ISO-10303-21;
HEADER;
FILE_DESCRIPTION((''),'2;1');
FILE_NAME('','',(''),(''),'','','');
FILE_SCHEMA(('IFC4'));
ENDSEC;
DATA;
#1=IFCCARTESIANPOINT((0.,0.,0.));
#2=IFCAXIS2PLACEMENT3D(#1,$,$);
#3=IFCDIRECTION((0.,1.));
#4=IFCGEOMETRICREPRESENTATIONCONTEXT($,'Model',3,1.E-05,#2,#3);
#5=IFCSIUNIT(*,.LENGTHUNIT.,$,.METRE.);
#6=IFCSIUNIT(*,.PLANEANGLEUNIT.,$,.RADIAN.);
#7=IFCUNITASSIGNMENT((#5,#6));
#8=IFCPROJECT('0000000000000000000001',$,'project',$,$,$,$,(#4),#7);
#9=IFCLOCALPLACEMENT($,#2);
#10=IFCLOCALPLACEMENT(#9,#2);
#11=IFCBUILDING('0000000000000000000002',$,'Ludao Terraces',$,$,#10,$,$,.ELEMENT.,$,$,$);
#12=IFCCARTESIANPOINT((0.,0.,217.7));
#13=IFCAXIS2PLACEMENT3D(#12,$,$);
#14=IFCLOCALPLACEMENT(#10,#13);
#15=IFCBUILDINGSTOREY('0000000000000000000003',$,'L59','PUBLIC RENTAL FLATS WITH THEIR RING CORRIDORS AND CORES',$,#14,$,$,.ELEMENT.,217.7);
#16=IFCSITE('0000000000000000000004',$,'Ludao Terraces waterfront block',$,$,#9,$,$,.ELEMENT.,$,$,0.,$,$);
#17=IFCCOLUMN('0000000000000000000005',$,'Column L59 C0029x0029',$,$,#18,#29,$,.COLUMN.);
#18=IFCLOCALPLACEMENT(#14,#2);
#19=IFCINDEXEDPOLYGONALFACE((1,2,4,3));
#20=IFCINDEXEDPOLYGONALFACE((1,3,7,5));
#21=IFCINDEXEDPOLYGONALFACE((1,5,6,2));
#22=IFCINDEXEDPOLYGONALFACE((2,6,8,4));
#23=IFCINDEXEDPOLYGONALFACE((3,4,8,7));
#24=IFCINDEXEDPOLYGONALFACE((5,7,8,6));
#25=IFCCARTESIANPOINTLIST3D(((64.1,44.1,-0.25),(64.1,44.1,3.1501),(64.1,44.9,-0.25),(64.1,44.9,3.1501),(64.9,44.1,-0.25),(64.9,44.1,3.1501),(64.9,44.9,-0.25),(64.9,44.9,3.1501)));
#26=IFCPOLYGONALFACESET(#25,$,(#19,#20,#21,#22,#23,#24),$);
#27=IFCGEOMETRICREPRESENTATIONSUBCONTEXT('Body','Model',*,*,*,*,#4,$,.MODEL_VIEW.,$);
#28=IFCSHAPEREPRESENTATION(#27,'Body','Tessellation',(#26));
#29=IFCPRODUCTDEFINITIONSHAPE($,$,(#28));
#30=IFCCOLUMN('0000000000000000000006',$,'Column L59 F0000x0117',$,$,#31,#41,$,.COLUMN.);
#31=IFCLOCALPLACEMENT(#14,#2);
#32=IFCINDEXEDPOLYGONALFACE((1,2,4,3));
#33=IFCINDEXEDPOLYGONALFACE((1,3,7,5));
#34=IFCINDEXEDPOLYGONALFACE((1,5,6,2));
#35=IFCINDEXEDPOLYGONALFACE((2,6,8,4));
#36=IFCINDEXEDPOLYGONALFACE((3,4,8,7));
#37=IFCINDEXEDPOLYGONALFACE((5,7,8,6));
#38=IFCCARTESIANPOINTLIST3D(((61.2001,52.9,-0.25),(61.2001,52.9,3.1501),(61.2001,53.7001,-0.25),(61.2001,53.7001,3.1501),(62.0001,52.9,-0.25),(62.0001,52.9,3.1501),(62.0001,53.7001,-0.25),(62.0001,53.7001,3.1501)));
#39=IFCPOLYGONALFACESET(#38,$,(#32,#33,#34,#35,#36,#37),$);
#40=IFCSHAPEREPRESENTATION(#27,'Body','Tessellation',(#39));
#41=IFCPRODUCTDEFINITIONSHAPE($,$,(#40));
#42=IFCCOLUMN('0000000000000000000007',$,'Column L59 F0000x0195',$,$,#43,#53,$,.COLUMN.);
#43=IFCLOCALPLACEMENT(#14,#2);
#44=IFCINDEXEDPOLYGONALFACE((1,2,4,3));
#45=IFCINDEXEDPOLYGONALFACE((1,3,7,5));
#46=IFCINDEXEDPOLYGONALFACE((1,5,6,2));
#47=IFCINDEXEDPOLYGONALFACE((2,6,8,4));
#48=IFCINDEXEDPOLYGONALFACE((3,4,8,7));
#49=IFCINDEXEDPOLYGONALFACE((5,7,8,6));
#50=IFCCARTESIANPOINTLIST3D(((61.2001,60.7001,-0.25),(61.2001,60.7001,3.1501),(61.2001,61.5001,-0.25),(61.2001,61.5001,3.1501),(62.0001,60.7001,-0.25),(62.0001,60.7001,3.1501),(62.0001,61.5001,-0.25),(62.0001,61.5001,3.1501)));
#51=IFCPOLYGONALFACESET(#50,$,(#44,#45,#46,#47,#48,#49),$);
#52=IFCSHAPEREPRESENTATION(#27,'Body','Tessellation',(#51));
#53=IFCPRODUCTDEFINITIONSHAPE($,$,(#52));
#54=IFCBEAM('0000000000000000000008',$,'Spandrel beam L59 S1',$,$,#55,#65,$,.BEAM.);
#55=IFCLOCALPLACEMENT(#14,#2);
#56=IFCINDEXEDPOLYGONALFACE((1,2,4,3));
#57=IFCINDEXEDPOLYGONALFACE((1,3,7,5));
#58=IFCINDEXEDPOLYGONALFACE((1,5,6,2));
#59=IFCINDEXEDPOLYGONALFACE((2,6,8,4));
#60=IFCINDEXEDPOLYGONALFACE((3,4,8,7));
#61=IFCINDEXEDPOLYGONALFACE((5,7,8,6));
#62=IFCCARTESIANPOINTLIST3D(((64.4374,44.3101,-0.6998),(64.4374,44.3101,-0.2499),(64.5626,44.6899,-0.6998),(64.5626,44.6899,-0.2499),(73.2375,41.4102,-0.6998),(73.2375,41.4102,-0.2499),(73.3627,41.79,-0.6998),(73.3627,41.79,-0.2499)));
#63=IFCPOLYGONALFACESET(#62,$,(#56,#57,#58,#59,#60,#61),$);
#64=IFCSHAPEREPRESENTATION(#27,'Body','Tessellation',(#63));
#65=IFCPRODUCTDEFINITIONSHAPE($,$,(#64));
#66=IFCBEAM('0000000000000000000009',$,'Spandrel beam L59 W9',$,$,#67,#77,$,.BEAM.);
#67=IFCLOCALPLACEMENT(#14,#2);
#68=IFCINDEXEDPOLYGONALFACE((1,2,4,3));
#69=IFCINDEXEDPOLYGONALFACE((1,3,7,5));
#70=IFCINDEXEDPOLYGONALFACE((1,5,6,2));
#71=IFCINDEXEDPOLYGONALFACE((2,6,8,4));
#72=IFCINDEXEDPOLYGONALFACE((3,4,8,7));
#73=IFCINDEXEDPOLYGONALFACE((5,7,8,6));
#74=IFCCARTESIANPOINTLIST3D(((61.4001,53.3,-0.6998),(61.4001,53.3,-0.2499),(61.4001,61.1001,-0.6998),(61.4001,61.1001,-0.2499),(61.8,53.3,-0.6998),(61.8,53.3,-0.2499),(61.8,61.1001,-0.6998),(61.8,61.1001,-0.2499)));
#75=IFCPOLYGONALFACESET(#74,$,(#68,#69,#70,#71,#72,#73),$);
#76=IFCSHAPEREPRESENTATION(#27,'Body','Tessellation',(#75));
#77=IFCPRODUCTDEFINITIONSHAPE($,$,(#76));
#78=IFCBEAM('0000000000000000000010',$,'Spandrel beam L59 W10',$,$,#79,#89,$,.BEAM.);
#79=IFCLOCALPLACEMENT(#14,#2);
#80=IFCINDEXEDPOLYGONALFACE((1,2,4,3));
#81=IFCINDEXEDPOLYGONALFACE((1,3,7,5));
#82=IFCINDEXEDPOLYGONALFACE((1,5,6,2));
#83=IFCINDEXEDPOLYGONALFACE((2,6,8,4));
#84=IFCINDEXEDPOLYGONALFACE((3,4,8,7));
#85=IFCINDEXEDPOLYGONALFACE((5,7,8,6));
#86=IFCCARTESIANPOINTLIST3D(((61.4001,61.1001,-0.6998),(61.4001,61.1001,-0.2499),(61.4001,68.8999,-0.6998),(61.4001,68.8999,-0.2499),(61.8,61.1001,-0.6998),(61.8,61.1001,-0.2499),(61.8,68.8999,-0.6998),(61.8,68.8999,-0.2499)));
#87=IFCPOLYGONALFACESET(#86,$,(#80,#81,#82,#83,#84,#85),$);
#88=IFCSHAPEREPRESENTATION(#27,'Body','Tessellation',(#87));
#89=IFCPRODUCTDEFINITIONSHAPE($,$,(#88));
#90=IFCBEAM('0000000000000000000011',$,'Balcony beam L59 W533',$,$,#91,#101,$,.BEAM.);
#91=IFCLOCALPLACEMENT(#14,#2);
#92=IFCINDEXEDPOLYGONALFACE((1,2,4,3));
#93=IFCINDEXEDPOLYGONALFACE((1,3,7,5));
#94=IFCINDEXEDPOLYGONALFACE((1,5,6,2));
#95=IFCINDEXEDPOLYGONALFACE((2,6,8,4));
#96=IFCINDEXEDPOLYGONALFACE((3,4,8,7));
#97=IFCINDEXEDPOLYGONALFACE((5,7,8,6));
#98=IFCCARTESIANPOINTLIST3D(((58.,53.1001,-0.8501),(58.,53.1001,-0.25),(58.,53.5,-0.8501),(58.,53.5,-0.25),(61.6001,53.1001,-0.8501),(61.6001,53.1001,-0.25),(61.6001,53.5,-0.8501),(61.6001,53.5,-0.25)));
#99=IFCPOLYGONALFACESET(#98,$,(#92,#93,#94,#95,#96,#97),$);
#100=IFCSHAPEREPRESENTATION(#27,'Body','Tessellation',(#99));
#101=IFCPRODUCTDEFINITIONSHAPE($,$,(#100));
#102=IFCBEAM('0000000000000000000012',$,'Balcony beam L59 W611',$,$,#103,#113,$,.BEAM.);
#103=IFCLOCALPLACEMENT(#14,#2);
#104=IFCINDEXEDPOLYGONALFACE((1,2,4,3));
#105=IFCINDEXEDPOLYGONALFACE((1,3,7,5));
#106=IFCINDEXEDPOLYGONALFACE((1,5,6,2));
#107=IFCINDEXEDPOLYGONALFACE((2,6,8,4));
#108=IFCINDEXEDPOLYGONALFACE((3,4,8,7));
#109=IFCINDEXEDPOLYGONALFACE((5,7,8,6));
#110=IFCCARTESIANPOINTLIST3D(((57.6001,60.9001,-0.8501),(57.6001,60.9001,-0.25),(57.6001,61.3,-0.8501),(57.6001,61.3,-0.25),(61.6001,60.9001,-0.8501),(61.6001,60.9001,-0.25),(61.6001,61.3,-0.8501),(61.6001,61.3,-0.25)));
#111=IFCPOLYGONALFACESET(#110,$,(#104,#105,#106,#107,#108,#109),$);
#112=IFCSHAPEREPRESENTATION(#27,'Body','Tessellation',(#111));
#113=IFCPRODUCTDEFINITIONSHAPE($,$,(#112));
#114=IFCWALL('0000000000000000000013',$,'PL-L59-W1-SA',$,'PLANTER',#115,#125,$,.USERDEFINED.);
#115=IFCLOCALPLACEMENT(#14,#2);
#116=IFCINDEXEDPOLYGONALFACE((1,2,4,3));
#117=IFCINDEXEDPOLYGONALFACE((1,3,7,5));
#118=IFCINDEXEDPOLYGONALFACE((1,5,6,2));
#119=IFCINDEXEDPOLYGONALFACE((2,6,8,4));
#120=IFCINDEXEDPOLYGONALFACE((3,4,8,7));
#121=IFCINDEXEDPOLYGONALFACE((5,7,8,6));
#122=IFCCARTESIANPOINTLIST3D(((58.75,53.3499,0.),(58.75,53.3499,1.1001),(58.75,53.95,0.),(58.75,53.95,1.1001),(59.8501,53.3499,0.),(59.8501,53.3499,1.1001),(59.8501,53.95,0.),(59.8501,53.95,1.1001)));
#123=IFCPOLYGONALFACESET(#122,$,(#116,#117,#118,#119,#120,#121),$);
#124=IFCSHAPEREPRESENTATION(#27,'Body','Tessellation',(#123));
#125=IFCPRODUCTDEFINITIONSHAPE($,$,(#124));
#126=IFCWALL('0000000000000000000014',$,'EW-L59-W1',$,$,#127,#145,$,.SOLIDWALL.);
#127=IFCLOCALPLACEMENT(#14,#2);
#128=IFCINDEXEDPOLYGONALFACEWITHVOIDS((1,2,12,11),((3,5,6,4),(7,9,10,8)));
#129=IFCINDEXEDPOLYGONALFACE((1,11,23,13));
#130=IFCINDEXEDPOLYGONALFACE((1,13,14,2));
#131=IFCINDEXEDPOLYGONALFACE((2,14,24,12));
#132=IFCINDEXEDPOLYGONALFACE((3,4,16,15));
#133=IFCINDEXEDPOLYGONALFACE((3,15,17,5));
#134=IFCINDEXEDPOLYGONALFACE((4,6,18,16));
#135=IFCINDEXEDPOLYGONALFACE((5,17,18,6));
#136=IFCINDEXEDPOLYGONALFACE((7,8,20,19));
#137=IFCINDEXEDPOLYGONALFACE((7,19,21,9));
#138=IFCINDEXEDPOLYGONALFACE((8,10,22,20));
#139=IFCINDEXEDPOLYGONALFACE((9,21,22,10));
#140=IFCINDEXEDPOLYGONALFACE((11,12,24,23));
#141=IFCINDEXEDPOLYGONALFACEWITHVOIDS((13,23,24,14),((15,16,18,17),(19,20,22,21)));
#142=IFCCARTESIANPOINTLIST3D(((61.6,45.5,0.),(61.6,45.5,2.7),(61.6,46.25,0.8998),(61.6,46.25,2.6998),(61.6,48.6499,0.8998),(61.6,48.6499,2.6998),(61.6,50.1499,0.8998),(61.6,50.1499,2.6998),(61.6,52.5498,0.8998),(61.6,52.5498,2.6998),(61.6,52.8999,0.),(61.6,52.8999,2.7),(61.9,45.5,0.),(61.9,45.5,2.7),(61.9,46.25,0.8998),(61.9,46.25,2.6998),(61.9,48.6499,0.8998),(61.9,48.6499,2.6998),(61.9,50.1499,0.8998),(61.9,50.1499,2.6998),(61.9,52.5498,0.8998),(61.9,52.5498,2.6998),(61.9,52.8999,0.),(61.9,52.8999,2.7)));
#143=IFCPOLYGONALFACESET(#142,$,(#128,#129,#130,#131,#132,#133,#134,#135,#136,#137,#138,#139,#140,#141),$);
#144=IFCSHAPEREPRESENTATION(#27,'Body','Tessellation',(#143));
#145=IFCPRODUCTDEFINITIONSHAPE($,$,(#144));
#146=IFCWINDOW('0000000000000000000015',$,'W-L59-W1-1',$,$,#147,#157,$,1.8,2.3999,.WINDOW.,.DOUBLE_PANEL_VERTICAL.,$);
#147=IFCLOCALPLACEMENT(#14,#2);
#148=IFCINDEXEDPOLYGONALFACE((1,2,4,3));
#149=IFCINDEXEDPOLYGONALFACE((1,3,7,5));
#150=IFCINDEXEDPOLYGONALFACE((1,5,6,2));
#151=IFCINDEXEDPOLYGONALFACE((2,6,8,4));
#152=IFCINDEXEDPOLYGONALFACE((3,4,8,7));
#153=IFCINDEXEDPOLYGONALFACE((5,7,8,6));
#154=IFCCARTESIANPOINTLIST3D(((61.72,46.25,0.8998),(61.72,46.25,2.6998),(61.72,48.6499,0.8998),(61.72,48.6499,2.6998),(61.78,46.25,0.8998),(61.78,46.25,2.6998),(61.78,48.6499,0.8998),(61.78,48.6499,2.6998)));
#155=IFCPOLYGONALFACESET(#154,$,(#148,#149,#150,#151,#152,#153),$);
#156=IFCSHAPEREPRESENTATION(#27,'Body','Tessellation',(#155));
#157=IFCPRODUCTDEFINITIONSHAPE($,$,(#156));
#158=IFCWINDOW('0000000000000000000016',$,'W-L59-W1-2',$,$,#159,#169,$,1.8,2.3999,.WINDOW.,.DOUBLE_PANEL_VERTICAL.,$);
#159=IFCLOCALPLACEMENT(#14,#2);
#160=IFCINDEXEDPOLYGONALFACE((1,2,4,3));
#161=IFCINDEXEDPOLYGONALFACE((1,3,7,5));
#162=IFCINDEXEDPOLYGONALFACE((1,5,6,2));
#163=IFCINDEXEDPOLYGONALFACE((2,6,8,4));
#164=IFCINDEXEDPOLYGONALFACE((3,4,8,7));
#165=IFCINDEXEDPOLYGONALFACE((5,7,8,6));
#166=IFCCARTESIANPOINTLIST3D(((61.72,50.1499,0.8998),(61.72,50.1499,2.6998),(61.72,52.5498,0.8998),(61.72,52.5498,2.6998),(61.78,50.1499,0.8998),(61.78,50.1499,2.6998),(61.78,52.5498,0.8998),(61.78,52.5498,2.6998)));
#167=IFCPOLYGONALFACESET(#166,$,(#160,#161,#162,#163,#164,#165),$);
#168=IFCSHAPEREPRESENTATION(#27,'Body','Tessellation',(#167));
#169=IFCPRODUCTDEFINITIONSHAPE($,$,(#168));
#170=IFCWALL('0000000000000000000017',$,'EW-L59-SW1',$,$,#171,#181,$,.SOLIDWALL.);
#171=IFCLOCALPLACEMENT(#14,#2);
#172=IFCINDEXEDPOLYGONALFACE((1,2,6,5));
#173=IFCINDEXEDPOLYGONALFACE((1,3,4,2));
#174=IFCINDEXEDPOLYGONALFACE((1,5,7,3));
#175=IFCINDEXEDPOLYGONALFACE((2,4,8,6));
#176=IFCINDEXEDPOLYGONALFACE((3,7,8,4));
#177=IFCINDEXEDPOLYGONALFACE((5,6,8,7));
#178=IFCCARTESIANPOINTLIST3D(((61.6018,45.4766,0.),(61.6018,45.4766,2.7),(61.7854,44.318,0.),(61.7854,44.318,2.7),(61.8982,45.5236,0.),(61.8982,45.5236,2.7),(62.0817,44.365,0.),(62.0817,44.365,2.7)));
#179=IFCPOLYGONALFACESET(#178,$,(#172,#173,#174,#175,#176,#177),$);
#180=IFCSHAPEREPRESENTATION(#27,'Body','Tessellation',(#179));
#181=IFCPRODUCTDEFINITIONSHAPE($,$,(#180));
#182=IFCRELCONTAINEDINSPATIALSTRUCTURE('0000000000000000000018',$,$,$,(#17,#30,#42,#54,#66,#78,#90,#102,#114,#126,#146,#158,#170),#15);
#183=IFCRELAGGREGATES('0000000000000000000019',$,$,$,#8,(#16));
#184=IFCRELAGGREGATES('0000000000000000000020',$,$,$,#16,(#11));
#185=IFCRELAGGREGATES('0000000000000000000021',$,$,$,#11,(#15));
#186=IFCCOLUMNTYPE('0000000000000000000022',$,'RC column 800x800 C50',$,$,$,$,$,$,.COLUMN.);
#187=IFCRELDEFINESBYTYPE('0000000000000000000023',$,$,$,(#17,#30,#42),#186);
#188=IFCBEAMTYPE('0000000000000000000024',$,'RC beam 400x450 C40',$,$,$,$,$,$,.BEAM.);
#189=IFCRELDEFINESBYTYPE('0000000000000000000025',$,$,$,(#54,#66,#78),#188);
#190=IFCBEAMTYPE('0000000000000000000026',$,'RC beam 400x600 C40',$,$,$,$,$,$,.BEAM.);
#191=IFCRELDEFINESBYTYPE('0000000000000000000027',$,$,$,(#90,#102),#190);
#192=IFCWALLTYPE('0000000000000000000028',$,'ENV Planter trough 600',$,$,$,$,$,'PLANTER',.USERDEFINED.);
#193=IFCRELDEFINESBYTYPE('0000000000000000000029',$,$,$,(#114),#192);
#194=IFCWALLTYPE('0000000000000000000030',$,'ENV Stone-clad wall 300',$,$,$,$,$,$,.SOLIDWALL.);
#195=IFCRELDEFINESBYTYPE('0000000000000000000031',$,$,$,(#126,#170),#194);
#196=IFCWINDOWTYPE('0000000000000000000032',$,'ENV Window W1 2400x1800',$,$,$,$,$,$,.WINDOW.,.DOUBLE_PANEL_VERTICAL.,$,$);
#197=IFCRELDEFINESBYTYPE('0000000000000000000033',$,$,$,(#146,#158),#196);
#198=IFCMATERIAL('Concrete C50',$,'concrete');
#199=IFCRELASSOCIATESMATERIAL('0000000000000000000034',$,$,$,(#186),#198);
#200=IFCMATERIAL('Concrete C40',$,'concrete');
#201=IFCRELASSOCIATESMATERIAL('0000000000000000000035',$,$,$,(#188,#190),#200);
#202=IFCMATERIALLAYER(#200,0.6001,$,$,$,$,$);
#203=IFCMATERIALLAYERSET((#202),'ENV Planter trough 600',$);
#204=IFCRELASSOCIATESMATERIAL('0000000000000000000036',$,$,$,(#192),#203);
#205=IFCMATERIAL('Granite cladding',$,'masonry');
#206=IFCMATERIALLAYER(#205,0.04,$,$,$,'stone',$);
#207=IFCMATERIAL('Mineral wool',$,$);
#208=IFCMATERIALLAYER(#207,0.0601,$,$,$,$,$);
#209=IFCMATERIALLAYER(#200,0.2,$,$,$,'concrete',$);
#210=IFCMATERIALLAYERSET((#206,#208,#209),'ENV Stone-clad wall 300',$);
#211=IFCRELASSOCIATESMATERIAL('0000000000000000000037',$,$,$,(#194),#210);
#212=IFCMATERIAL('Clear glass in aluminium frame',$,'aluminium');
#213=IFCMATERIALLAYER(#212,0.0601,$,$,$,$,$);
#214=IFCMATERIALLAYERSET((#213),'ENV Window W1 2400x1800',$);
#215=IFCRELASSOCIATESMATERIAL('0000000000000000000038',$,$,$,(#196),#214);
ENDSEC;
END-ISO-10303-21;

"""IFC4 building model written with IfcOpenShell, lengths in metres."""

from ifc_helpers import new_model, si_unit, direction, frame, frame_2d, origin, origin_2d, place, context, subcontext, project, spatial, rectangle, extrude, material, layer, layer_set, material_profile, profile_set, type_object, element, fill, save


model = new_model("IFC4")

# Units and contexts
model_context = context("Model", 3, precision=1e-05, world=origin(), true_north=direction((0.0, 1.0)))
body_context = subcontext(model_context, "Body", "Model", "MODEL_VIEW")
ifc_project = project(units=[si_unit("LENGTHUNIT", "METRE"), si_unit("PLANEANGLEUNIT", "RADIAN")], contexts=[model_context])

# Site, building, storey
site_placement = place(None, origin())
site = spatial("IfcSite", under=ifc_project, at=site_placement, Name="Ludao Terraces waterfront block", CompositionType="ELEMENT", RefElevation=0.0)
building_placement = place(site_placement, origin())
building = spatial("IfcBuilding", under=site, at=building_placement, Name="Ludao Terraces", CompositionType="ELEMENT")
storey_placement = place(building_placement, frame((0.0, 0.0, 217.7)))
storey = spatial("IfcBuildingStorey", under=building, at=storey_placement, Name="L59", Description="PUBLIC RENTAL FLATS WITH THEIR RING CORRIDORS AND CORES", CompositionType="ELEMENT", Elevation=217.7)

# Columns
ifc_material_1 = material(Name="Concrete C50", Category="concrete")
ifc_material_profile_1 = material_profile(ifc_material_1, rectangle(XDim=0.8, YDim=0.8, at=origin_2d()), Name="800 X 800")
ifc_profile_set_1 = profile_set([ifc_material_profile_1], Name="Concrete C50")
column_type = type_object("IfcColumnType", Name="RC column 800x800 C50", PredefinedType="COLUMN", material=ifc_profile_set_1)
for number, where, z_axis, x_axis, name in (
    (1, (64.5, 44.5, -0.25), (0.0, 0.0, 1.0), (1.0, 0.0, 0.0), "Column L59 C0029x0029"),
    (2, (61.6001, 53.3, -0.25), (0.0, 0.0, 1.0), (1.0, 0.0, 0.0), "Column L59 F0000x0117"),
    (3, (61.6001, 61.1001, -0.25), (0.0, 0.0, 1.0), (1.0, 0.0, 0.0), "Column L59 F0000x0195"),
):
    element("IfcColumn", number, at=place(storey_placement, frame(where, z_axis=z_axis, x_axis=x_axis)), inside=storey, type_object=column_type, Name=name, PredefinedType="COLUMN", context=body_context, shape_type="SweptSolid", body=[
        extrude(rectangle(XDim=0.8, YDim=0.8, at=origin_2d()), origin(), (0.0, 0.0, 1.0), 3.4001),
    ])

# Beams
ifc_material_2 = material(Name="Concrete C40", Category="concrete")
ifc_material_profile_2 = material_profile(ifc_material_2, rectangle(XDim=0.3999, YDim=0.45, at=origin_2d()), Name="400 X 450")
ifc_profile_set_2 = profile_set([ifc_material_profile_2], Name="Concrete C40")
beam_type_1 = type_object("IfcBeamType", Name="RC beam 400x450 C40", PredefinedType="BEAM", material=ifc_profile_set_2)
beam_1_placement = place(storey_placement, frame((64.5, 44.5, -0.4749), z_axis=(0.949761, -0.312977, 0.0), x_axis=(0.312977, 0.949761, 0.0)))
element("IfcBeam", 4, at=beam_1_placement, inside=storey, type_object=beam_type_1, Name="Spandrel beam L59 S1", PredefinedType="BEAM", context=body_context, shape_type="SweptSolid", body=[
    extrude(rectangle(XDim=0.3999, YDim=0.45, at=origin_2d()), origin(), (0.0, 0.0, 1.0), 9.2656),
])
beam_2_placement = place(storey_placement, frame((61.6001, 53.3, -0.4749), z_axis=(0.0, 1.0, 0.0), x_axis=(-1.0, 0.0, 0.0)))
element("IfcBeam", 5, at=beam_2_placement, inside=storey, type_object=beam_type_1, Name="Spandrel beam L59 W9", PredefinedType="BEAM", context=body_context, shape_type="SweptSolid", body=[
    extrude(rectangle(XDim=0.3999, YDim=0.45, at=origin_2d()), origin(), (0.0, 0.0, 1.0), 7.8),
])
beam_3_placement = place(storey_placement, frame((61.6001, 61.1001, -0.4749), z_axis=(0.0, 1.0, 0.0), x_axis=(-1.0, 0.0, 0.0)))
element("IfcBeam", 6, at=beam_3_placement, inside=storey, type_object=beam_type_1, Name="Spandrel beam L59 W10", PredefinedType="BEAM", context=body_context, shape_type="SweptSolid", body=[
    extrude(rectangle(XDim=0.3999, YDim=0.45, at=origin_2d()), origin(), (0.0, 0.0, 1.0), 7.7998),
])
ifc_material_profile_3 = material_profile(ifc_material_2, rectangle(XDim=0.3999, YDim=0.6001, at=origin_2d()), Name="400 X 600")
ifc_profile_set_3 = profile_set([ifc_material_profile_3], Name="Concrete C40")
beam_type_2 = type_object("IfcBeamType", Name="RC beam 400x600 C40", PredefinedType="BEAM", material=ifc_profile_set_3)
beam_4_placement = place(storey_placement, frame((61.6001, 53.3, -0.55), z_axis=(-1.0, 0.0, 0.0), x_axis=(0.0, -1.0, 0.0)))
element("IfcBeam", 7, at=beam_4_placement, inside=storey, type_object=beam_type_2, Name="Balcony beam L59 W533", PredefinedType="BEAM", context=body_context, shape_type="SweptSolid", body=[
    extrude(rectangle(XDim=0.3999, YDim=0.6001, at=origin_2d()), origin(), (0.0, 0.0, 1.0), 3.6001),
])
beam_5_placement = place(storey_placement, frame((61.6001, 61.1001, -0.55), z_axis=(-1.0, 0.0, 0.0), x_axis=(0.0, -1.0, 0.0)))
element("IfcBeam", 8, at=beam_5_placement, inside=storey, type_object=beam_type_2, Name="Balcony beam L59 W611", PredefinedType="BEAM", context=body_context, shape_type="SweptSolid", body=[
    extrude(rectangle(XDim=0.3999, YDim=0.6001, at=origin_2d()), origin(), (0.0, 0.0, 1.0), 4.0),
])

# Wall
ifc_layer_1 = layer(ifc_material_2, 0.6001)
ifc_layer_set_1 = layer_set([ifc_layer_1], Name="ENV Planter trough 600")
wall_type_1 = type_object("IfcWallType", Name="ENV Planter trough 600", ElementType="PLANTER", PredefinedType="USERDEFINED", material=ifc_layer_set_1)
wall_1_placement = place(storey_placement, frame((58.75, 53.6499, 0.0), z_axis=(0.0, 0.0, 1.0), x_axis=(1.0, 0.0, 0.0)))
element("IfcWall", 9, at=wall_1_placement, inside=storey, type_object=wall_type_1, Name="PL-L59-W1-SA", ObjectType="PLANTER", PredefinedType="USERDEFINED", context=body_context, shape_type="SweptSolid", body=[
    extrude(rectangle(XDim=1.1001, YDim=0.6001, at=frame_2d((0.55, 0.0))), origin(), (0.0, 0.0, 1.0), 1.1001),
])

# Wall, openings, windows
ifc_material_3 = material(Name="Granite cladding", Category="masonry")
ifc_layer_2 = layer(ifc_material_3, 0.04, Category="stone")
ifc_material_4 = material(Name="Mineral wool")
ifc_layer_3 = layer(ifc_material_4, 0.0601)
ifc_layer_4 = layer(ifc_material_2, 0.2, Category="concrete")
ifc_layer_set_2 = layer_set([ifc_layer_2, ifc_layer_3, ifc_layer_4], Name="ENV Stone-clad wall 300")
wall_type_2 = type_object("IfcWallType", Name="ENV Stone-clad wall 300", PredefinedType="SOLIDWALL", material=ifc_layer_set_2)
wall_2_placement = place(storey_placement, frame((61.75, 45.5, 0.0), z_axis=(0.0, 0.0, 1.0), x_axis=(0.0, 1.0, 0.0)))
wall_2 = element("IfcWall", 10, at=wall_2_placement, inside=storey, type_object=wall_type_2, Name="EW-L59-W1", PredefinedType="SOLIDWALL", context=body_context, shape_type="SweptSolid", body=[
    extrude(rectangle(XDim=7.3999, YDim=0.3, at=frame_2d((3.7, 0.0))), origin(), (0.0, 0.0, 1.0), 2.7),
])
opening_1_placement = place(wall_2_placement, frame((0.75, 0.0, 0.8999)))
opening_1 = element("IfcOpeningElement", 11, at=opening_1_placement, cuts=wall_2, PredefinedType="OPENING", context=body_context, shape_type="SweptSolid", body=[
    extrude(rectangle(XDim=2.3999, YDim=1.8, at=frame_2d((1.2, 0.8999))), frame((0.0, 0.1602, 0.0), z_axis=(0.0, -1.0, 0.0), x_axis=(1.0, 0.0, 0.0)), (0.0, 0.0, 1.0), 0.3201),
])
opening_2_placement = place(wall_2_placement, frame((4.6499, 0.0, 0.8999)))
opening_2 = element("IfcOpeningElement", 12, at=opening_2_placement, cuts=wall_2, PredefinedType="OPENING", context=body_context, shape_type="SweptSolid", body=[
    extrude(rectangle(XDim=2.3999, YDim=1.8, at=frame_2d((1.2, 0.8999))), frame((0.0, 0.1602, 0.0), z_axis=(0.0, -1.0, 0.0), x_axis=(1.0, 0.0, 0.0)), (0.0, 0.0, 1.0), 0.3201),
])
ifc_material_5 = material(Name="Clear glass in aluminium frame", Category="aluminium")
ifc_layer_5 = layer(ifc_material_5, 0.0601)
ifc_layer_set_3 = layer_set([ifc_layer_5], Name="ENV Window W1 2400x1800")
window_type_1 = type_object("IfcWindowType", Name="ENV Window W1 2400x1800", PartitioningType="DOUBLE_PANEL_VERTICAL", PredefinedType="WINDOW", material=ifc_layer_set_3)
window_1_placement = place(opening_1_placement, origin())
window_1 = element("IfcWindow", 13, at=window_1_placement, inside=storey, type_object=window_type_1, Name="W-L59-W1-1", OverallHeight=1.8, OverallWidth=2.3999, PartitioningType="DOUBLE_PANEL_VERTICAL", PredefinedType="WINDOW", context=body_context, shape_type="SweptSolid", body=[
    extrude(rectangle(XDim=2.3999, YDim=1.8, at=frame_2d((1.2, 0.8999))), frame((0.0, 0.03, 0.0), z_axis=(0.0, -1.0, 0.0), x_axis=(1.0, 0.0, 0.0)), (0.0, 0.0, 1.0), 0.0601),
])
fill(opening_1, window_1)
window_2_placement = place(opening_2_placement, origin())
window_2 = element("IfcWindow", 14, at=window_2_placement, inside=storey, type_object=window_type_1, Name="W-L59-W1-2", OverallHeight=1.8, OverallWidth=2.3999, PartitioningType="DOUBLE_PANEL_VERTICAL", PredefinedType="WINDOW", context=body_context, shape_type="SweptSolid", body=[
    extrude(rectangle(XDim=2.3999, YDim=1.8, at=frame_2d((1.2, 0.8999))), frame((0.0, 0.03, 0.0), z_axis=(0.0, -1.0, 0.0), x_axis=(1.0, 0.0, 0.0)), (0.0, 0.0, 1.0), 0.0601),
])
fill(opening_2, window_2)

# Wall
wall_3_placement = place(storey_placement, frame((61.75, 45.5, 0.0), z_axis=(0.0, 0.0, 1.0), x_axis=(0.156497, -0.987678, 0.0)))
element("IfcWall", 15, at=wall_3_placement, inside=storey, type_object=wall_type_2, Name="EW-L59-SW1", PredefinedType="SOLIDWALL", context=body_context, shape_type="SweptSolid", body=[
    extrude(rectangle(XDim=1.1731, YDim=0.3, at=frame_2d((0.5864, 0.0))), origin(), (0.0, 0.0, 1.0), 2.7),
])

save(model, "model.ifc")
